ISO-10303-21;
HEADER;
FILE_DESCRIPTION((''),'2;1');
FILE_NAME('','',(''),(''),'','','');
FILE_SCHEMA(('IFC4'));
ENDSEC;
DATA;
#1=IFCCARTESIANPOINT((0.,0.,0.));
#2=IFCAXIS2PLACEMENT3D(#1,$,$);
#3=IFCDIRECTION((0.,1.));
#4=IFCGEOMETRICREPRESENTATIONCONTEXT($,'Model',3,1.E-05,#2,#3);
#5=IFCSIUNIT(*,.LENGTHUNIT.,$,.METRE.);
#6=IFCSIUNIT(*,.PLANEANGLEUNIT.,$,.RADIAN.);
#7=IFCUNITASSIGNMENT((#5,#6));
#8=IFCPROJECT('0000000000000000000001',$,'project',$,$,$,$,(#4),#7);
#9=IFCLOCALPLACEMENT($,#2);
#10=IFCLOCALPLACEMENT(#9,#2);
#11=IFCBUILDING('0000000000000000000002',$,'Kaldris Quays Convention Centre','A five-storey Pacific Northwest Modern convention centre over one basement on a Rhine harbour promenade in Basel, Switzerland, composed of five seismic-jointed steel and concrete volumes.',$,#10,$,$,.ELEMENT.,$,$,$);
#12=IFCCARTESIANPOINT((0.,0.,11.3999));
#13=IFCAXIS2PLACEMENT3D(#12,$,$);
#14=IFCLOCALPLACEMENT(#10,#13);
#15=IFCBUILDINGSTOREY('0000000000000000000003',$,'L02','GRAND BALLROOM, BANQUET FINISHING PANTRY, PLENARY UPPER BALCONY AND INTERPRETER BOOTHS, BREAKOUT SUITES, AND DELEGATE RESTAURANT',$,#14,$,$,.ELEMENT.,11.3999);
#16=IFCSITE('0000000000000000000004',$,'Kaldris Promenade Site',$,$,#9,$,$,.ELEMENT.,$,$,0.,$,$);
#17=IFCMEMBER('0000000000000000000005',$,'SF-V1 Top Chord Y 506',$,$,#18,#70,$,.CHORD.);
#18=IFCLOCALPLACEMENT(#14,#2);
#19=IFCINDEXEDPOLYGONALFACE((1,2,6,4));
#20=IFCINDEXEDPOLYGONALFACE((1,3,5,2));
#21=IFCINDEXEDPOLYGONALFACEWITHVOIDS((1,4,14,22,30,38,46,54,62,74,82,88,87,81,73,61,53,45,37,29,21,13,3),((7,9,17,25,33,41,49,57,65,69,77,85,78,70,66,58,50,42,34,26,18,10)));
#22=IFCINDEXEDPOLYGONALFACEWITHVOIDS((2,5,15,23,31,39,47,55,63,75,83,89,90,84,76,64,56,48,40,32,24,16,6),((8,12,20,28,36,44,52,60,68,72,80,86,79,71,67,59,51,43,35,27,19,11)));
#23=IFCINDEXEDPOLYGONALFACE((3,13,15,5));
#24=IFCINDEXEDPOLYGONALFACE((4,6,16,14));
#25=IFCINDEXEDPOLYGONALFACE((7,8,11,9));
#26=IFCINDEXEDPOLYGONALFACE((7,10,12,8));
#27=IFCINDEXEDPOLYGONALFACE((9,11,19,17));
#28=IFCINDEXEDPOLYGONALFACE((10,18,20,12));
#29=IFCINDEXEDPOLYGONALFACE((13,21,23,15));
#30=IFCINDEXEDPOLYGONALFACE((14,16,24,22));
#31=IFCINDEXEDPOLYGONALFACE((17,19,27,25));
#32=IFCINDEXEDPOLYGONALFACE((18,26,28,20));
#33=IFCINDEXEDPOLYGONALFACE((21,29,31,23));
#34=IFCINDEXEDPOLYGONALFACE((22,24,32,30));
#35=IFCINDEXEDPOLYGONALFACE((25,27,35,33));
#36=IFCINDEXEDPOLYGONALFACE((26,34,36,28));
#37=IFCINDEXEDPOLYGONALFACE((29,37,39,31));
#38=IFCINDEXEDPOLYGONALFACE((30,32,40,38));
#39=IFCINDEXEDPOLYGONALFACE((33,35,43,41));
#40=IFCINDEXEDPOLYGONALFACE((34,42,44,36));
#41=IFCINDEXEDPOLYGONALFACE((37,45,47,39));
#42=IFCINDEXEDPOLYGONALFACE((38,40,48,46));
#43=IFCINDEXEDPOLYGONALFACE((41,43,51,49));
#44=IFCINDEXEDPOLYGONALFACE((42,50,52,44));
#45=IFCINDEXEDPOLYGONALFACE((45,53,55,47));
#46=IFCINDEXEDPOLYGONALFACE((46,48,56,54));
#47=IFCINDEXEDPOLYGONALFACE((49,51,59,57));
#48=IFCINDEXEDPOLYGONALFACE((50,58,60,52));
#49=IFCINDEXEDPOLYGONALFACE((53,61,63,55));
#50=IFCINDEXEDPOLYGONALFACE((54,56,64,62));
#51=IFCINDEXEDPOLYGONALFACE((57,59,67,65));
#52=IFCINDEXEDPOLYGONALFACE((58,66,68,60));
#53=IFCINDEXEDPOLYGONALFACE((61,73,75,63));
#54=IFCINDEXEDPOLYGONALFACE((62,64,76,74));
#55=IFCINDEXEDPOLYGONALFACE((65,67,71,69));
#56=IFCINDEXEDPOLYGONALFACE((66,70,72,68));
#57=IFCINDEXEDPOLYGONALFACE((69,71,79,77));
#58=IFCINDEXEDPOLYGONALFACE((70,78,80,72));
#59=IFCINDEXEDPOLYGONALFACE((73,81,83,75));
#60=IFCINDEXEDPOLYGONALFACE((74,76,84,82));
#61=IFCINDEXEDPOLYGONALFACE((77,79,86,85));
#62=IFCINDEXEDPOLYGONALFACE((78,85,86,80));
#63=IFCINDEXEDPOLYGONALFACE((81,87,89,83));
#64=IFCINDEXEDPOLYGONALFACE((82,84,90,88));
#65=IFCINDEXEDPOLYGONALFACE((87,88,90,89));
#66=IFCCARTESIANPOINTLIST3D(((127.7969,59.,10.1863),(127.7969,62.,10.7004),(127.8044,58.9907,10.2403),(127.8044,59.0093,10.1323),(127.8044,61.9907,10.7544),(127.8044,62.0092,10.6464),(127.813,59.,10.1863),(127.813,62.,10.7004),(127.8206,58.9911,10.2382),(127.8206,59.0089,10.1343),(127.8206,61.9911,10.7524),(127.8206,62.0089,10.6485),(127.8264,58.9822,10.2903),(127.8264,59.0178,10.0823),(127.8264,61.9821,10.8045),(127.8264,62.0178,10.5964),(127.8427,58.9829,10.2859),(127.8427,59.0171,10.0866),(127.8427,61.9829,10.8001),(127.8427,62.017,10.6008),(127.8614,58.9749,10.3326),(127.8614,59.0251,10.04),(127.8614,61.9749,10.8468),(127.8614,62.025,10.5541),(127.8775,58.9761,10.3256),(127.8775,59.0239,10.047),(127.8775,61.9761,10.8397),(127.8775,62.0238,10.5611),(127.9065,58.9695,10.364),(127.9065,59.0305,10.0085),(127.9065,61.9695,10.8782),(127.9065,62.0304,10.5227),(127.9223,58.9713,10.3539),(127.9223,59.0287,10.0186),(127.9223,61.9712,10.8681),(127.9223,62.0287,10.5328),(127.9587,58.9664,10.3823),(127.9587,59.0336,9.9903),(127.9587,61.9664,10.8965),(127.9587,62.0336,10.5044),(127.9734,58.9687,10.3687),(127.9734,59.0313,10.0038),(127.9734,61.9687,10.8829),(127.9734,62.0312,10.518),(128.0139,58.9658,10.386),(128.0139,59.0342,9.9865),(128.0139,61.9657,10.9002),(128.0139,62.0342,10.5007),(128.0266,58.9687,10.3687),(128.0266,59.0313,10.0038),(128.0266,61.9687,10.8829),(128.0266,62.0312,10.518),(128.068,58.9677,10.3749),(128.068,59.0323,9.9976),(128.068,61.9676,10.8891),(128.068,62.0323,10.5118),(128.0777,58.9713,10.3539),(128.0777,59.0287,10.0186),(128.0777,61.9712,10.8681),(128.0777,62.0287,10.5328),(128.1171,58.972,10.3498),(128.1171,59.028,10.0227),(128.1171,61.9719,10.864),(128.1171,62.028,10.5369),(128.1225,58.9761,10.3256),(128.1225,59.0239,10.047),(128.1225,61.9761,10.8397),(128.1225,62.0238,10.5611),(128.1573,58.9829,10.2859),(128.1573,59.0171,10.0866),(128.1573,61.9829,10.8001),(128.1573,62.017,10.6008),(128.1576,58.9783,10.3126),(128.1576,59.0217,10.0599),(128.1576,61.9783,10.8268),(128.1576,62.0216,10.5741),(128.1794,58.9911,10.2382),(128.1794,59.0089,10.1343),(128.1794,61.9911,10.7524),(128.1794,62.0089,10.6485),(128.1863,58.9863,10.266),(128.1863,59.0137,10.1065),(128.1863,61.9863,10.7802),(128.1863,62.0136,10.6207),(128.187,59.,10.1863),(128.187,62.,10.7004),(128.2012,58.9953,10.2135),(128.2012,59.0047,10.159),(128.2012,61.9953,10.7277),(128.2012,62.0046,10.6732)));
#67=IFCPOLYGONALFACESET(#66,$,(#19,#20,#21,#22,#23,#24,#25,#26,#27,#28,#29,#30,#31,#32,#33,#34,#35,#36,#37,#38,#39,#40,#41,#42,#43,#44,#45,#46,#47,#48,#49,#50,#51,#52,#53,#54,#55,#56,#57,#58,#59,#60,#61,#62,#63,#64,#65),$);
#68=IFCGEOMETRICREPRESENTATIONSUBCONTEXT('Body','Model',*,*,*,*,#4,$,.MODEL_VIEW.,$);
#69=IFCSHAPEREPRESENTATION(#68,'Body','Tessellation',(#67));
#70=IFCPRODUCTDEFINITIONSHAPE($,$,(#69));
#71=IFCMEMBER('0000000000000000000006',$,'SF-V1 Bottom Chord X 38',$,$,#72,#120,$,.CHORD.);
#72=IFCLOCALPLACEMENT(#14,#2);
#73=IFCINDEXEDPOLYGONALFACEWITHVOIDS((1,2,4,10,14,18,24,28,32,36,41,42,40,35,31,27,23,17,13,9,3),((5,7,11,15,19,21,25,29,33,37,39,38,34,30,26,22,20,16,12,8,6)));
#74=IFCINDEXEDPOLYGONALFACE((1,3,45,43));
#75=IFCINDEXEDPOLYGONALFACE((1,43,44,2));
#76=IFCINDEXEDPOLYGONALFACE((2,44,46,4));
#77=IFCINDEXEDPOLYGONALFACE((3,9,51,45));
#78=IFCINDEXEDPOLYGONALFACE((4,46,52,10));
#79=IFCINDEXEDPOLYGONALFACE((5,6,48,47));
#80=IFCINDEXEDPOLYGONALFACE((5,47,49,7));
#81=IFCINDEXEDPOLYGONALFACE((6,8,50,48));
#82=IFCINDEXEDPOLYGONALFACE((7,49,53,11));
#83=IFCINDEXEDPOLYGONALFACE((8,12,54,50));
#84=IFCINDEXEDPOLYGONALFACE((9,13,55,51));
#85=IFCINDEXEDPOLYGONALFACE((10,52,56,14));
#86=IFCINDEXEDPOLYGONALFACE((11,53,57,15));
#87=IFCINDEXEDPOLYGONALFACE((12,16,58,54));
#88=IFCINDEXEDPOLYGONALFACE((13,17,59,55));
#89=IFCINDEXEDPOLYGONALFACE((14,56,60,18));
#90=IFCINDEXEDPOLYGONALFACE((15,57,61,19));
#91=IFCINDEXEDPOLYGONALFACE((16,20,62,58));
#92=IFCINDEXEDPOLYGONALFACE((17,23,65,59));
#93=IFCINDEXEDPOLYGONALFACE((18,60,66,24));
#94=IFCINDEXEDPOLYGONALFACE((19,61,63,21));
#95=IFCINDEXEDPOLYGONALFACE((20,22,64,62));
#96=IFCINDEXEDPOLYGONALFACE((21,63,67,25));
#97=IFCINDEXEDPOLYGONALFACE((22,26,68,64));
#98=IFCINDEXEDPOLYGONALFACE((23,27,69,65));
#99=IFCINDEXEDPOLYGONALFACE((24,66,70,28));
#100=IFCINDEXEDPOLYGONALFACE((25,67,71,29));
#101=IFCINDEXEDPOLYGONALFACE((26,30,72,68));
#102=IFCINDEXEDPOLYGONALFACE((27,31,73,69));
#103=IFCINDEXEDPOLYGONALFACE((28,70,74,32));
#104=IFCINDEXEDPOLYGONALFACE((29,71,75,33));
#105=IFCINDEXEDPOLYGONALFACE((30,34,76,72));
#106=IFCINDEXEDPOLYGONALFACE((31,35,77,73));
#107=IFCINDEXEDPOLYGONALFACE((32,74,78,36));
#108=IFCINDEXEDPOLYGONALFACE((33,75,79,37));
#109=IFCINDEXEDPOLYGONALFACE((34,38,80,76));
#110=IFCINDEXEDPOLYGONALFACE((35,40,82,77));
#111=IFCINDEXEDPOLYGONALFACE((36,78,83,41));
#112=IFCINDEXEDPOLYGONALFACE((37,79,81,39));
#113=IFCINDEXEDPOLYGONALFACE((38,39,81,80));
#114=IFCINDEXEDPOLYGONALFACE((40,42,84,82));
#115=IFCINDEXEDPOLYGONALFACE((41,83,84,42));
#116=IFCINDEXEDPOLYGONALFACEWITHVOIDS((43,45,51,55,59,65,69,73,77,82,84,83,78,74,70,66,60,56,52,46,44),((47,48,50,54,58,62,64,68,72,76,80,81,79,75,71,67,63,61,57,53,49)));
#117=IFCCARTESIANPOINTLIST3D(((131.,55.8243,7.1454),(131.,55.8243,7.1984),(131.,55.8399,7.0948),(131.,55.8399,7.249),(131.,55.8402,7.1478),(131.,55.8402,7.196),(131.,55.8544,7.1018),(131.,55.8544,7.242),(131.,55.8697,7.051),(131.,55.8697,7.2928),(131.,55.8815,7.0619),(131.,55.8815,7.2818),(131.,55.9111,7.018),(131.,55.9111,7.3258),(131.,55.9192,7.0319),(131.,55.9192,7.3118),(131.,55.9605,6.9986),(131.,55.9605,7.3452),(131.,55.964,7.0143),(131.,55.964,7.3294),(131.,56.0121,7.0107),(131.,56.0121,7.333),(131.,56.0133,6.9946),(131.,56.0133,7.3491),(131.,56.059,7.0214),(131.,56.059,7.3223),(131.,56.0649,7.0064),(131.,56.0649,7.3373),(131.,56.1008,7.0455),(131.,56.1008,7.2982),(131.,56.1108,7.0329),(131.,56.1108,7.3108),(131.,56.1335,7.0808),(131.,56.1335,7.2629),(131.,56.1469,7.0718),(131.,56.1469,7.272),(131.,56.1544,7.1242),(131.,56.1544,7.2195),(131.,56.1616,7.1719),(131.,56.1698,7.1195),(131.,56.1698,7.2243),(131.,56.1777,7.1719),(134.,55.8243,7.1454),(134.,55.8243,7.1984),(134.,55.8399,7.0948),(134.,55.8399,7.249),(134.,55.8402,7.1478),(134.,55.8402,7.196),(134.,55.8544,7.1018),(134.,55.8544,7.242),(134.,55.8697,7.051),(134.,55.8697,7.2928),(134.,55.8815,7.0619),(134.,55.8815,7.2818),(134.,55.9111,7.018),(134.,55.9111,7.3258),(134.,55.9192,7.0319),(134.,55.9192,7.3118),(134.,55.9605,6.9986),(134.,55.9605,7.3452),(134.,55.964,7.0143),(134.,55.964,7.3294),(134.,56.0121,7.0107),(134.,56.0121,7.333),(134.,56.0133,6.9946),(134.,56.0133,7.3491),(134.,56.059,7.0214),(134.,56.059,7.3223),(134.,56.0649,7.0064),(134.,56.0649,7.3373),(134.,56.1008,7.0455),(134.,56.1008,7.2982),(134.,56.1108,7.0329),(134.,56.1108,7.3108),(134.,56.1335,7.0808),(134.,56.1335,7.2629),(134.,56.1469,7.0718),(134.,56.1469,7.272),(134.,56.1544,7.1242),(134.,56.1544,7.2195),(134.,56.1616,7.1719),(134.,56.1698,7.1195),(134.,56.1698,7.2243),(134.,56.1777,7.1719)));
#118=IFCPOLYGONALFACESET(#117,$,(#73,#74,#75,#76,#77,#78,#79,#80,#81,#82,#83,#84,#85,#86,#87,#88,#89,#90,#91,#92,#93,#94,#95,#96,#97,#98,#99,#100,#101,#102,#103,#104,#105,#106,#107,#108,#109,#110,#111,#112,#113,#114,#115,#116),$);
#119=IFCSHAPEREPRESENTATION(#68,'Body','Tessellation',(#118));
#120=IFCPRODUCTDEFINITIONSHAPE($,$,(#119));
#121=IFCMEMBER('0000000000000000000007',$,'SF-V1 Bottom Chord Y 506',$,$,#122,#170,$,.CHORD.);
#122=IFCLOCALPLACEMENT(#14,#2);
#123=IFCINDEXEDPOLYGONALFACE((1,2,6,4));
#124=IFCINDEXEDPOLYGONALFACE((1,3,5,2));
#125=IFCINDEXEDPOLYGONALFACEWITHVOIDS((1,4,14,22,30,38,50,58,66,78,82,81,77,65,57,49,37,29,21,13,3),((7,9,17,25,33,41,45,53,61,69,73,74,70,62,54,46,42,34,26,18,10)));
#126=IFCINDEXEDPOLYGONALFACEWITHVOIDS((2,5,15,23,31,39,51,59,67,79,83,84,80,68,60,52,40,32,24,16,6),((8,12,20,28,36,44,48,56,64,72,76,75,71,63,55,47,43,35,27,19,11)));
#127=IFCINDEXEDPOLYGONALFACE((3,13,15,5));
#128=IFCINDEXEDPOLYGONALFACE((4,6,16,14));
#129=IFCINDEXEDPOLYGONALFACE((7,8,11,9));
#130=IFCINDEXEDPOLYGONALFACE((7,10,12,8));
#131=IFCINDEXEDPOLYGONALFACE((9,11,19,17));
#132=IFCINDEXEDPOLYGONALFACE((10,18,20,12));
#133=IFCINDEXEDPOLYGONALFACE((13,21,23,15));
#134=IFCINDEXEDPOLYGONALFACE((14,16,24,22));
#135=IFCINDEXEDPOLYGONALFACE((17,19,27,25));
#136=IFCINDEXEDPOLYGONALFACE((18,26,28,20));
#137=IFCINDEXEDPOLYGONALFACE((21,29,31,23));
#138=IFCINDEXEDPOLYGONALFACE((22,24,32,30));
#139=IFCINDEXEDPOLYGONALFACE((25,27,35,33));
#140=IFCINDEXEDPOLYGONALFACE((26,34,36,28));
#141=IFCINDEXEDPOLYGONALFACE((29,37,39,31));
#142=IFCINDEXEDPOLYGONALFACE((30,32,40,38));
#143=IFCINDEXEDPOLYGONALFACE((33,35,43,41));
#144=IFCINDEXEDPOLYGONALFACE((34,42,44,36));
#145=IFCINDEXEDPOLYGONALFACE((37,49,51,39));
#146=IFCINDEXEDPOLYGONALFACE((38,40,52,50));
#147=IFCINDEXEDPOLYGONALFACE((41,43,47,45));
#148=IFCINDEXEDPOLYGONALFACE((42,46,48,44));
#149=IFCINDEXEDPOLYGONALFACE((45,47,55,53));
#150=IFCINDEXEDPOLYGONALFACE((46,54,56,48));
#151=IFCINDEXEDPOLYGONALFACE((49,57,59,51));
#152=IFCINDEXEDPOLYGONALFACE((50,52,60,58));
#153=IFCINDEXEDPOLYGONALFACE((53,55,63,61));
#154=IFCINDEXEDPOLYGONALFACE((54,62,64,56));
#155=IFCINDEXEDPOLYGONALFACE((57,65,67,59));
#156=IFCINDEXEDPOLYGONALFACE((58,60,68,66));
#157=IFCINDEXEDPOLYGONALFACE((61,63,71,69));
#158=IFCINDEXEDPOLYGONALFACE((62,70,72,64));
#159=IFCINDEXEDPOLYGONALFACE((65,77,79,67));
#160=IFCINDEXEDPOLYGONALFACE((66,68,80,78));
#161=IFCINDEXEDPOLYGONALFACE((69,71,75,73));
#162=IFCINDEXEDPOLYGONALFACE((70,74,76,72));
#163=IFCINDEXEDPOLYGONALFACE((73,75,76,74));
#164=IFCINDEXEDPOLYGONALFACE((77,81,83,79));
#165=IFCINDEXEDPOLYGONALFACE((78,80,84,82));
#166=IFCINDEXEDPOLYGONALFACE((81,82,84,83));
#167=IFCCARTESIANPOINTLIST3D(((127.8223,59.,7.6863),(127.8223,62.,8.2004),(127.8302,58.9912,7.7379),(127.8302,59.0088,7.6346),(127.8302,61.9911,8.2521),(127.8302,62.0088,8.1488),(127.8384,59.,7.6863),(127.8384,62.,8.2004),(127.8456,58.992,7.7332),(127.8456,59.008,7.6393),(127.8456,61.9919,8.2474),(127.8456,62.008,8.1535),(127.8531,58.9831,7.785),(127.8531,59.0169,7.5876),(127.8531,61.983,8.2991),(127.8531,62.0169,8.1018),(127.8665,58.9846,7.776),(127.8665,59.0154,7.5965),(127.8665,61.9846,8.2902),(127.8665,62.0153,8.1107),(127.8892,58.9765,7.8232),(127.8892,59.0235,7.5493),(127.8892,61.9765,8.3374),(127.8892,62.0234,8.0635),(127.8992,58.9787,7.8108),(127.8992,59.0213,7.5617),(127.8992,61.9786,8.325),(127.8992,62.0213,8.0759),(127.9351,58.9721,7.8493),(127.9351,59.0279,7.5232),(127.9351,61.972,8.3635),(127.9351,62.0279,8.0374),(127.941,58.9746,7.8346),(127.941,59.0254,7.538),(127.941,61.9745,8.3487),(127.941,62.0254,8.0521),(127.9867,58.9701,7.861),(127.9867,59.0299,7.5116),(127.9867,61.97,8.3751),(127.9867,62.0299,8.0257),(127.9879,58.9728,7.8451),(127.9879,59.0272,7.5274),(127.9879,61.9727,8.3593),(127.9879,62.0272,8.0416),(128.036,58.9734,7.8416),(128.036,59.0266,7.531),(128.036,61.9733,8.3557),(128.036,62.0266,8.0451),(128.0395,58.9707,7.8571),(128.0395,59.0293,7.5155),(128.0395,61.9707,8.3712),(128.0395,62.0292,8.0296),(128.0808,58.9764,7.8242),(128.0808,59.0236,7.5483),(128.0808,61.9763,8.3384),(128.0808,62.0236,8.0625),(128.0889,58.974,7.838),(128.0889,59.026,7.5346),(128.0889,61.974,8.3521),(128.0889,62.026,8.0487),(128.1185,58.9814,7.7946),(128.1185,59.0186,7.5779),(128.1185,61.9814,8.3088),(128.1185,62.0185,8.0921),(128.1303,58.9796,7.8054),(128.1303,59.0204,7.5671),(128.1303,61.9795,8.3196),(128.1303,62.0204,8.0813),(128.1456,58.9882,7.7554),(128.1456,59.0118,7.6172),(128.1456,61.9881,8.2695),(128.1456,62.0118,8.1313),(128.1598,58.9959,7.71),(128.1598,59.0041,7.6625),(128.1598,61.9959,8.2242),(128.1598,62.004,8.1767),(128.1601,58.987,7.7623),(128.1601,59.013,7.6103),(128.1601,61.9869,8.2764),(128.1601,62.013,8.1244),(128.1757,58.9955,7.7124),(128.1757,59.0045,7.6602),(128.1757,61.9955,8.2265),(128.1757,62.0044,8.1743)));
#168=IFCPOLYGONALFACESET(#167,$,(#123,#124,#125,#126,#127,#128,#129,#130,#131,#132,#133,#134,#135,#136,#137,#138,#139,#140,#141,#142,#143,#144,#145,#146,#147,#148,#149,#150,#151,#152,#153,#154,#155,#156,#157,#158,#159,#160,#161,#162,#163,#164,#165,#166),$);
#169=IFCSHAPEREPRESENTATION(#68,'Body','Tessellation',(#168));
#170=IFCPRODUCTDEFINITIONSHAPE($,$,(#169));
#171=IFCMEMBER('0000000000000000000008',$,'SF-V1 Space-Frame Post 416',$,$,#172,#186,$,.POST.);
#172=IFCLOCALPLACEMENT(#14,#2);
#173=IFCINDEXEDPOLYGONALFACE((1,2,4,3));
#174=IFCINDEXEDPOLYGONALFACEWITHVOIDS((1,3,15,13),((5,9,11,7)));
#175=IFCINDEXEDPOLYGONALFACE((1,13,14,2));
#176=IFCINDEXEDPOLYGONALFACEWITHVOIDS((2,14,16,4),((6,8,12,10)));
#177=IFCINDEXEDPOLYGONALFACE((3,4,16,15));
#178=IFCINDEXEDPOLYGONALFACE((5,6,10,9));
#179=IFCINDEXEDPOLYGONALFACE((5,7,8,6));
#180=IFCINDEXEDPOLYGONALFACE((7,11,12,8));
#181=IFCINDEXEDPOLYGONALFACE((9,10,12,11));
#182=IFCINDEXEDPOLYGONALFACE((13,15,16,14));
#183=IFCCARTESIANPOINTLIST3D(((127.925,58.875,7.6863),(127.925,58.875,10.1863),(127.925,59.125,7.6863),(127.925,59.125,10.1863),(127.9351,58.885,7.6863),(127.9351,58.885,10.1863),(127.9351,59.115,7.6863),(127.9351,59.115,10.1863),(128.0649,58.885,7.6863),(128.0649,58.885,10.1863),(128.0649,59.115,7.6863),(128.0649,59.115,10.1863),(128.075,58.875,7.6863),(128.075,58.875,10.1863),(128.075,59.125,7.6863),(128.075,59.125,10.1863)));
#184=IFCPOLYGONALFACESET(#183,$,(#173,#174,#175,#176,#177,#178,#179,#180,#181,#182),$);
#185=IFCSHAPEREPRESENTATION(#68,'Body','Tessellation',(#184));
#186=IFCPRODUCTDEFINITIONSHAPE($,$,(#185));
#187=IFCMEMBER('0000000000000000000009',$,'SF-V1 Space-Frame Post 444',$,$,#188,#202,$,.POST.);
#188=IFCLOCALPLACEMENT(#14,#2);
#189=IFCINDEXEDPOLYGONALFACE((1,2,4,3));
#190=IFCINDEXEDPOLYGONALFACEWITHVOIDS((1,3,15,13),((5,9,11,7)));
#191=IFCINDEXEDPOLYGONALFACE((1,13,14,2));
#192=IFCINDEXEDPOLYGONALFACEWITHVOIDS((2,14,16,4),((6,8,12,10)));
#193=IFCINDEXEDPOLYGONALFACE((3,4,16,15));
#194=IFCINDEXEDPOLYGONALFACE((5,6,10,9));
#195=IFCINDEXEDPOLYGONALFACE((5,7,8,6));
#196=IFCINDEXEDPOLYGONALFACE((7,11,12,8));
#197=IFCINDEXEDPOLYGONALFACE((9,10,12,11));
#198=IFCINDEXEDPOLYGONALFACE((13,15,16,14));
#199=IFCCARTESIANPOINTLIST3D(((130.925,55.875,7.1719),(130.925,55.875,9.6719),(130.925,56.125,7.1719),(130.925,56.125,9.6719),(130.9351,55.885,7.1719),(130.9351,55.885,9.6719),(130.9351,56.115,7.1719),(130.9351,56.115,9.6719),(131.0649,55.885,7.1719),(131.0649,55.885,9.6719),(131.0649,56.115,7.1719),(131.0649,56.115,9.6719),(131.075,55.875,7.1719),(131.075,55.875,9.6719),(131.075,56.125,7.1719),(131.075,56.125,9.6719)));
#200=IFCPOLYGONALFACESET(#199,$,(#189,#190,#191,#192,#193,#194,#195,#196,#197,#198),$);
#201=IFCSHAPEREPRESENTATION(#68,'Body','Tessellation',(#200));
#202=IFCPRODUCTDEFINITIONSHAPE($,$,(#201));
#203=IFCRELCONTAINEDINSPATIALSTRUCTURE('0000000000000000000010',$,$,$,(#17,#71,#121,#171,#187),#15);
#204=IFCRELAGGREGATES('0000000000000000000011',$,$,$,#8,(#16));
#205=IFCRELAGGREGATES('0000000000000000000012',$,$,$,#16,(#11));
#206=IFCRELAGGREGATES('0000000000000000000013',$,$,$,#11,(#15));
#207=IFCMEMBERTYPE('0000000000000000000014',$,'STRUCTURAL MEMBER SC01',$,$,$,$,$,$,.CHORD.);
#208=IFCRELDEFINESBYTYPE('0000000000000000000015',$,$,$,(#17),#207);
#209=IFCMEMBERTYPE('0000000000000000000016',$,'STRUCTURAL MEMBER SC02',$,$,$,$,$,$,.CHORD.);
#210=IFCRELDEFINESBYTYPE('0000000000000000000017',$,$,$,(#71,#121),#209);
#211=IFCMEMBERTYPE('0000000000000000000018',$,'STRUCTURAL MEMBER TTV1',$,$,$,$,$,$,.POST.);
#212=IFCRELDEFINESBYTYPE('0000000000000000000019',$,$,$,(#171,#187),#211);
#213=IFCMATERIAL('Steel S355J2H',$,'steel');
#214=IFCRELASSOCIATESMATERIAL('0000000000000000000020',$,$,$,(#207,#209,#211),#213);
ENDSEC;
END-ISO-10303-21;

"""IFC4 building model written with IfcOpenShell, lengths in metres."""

from ifc_helpers import new_model, si_unit, direction, frame, origin, origin_2d, place, context, subcontext, project, spatial, hollow_rectangle, hollow_circle, extrude, material, material_profile, profile_set, type_object, element, save


model = new_model("IFC4")

# Units and contexts
model_context = context("Model", 3, precision=1e-05, world=origin(), true_north=direction((0.0, 1.0)))
body_context = subcontext(model_context, "Body", "Model", "MODEL_VIEW")
ifc_project = project(units=[si_unit("LENGTHUNIT", "METRE"), si_unit("PLANEANGLEUNIT", "RADIAN")], contexts=[model_context])

# Site, building, storey
site_placement = place(None, origin())
site = spatial("IfcSite", under=ifc_project, at=site_placement, Name="Kaldris Promenade Site", CompositionType="ELEMENT", RefElevation=0.0)
building_placement = place(site_placement, origin())
building = spatial("IfcBuilding", under=site, at=building_placement, Name="Kaldris Quays Convention Centre", Description="A five-storey Pacific Northwest Modern convention centre over one basement on a Rhine harbour promenade in Basel, Switzerland, composed of five seismic-jointed steel and concrete volumes.", CompositionType="ELEMENT")
storey_placement = place(building_placement, frame((0.0, 0.0, 11.3999)))
storey = spatial("IfcBuildingStorey", under=building, at=storey_placement, Name="L02", Description="GRAND BALLROOM, BANQUET FINISHING PANTRY, PLENARY UPPER BALCONY AND INTERPRETER BOOTHS, BREAKOUT SUITES, AND DELEGATE RESTAURANT", CompositionType="ELEMENT", Elevation=11.3999)

# Members
ifc_material_1 = material(Name="Steel S355J2H", Category="steel")
ifc_material_profile_1 = material_profile(ifc_material_1, hollow_circle(Radius=0.2031, WallThickness=0.0161, at=origin_2d()), Name="CHS 406.4x16")
ifc_profile_set_1 = profile_set([ifc_material_profile_1], Name="Steel S355J2H")
member_type_1 = type_object("IfcMemberType", Name="STRUCTURAL MEMBER SC01", PredefinedType="CHORD", material=ifc_profile_set_1)
member_1_placement = place(storey_placement, frame((128.0, 59.0, 10.1863), z_axis=(0.0, 0.985629, 0.168924), x_axis=(-1.0, 0.0, 0.0)))
element("IfcMember", 1, at=member_1_placement, inside=storey, type_object=member_type_1, Name="SF-V1 Top Chord Y 506", PredefinedType="CHORD", context=body_context, shape_type="SweptSolid", body=[
    extrude(hollow_circle(Radius=0.2031, WallThickness=0.0161, at=origin_2d()), origin(), (0.0, 0.0, 1.0), 3.0437),
])
ifc_material_profile_2 = material_profile(ifc_material_1, hollow_circle(Radius=0.1777, WallThickness=0.0161, at=origin_2d()), Name="CHS 355.6x16")
ifc_profile_set_2 = profile_set([ifc_material_profile_2], Name="Steel S355J2H")
member_type_2 = type_object("IfcMemberType", Name="STRUCTURAL MEMBER SC02", PredefinedType="CHORD", material=ifc_profile_set_2)
member_2_placement = place(storey_placement, frame((131.0, 56.0, 7.1719), z_axis=(1.0, 0.0, 0.0), x_axis=(0.0, 1.0, 0.0)))
element("IfcMember", 2, at=member_2_placement, inside=storey, type_object=member_type_2, Name="SF-V1 Bottom Chord X 38", PredefinedType="CHORD", context=body_context, shape_type="SweptSolid", body=[
    extrude(hollow_circle(Radius=0.1777, WallThickness=0.0161, at=origin_2d()), origin(), (0.0, 0.0, 1.0), 3.0),
])
member_3_placement = place(storey_placement, frame((128.0, 59.0, 7.6863), z_axis=(0.0, 0.985629, 0.168924), x_axis=(-1.0, 0.0, 0.0)))
element("IfcMember", 3, at=member_3_placement, inside=storey, type_object=member_type_2, Name="SF-V1 Bottom Chord Y 506", PredefinedType="CHORD", context=body_context, shape_type="SweptSolid", body=[
    extrude(hollow_circle(Radius=0.1777, WallThickness=0.0161, at=origin_2d()), origin(), (0.0, 0.0, 1.0), 3.0437),
])
ifc_material_profile_3 = material_profile(ifc_material_1, hollow_rectangle(XDim=0.1499, YDim=0.25, WallThickness=0.01, at=origin_2d()), Name="RHS 250x150x10")
ifc_profile_set_3 = profile_set([ifc_material_profile_3], Name="Steel S355J2H")
member_type_3 = type_object("IfcMemberType", Name="STRUCTURAL MEMBER TTV1", PredefinedType="POST", material=ifc_profile_set_3)
for number, where, z_axis, x_axis, name in (
    (4, (128.0, 59.0, 7.6863), (0.0, 0.0, 1.0), (1.0, 0.0, 0.0), "SF-V1 Space-Frame Post 416"),
    (5, (131.0, 56.0, 7.1719), (0.0, 0.0, 1.0), (1.0, 0.0, 0.0), "SF-V1 Space-Frame Post 444"),
):
    element("IfcMember", number, at=place(storey_placement, frame(where, z_axis=z_axis, x_axis=x_axis)), inside=storey, type_object=member_type_3, Name=name, PredefinedType="POST", context=body_context, shape_type="SweptSolid", body=[
        extrude(hollow_rectangle(XDim=0.1499, YDim=0.25, WallThickness=0.01, at=origin_2d()), origin(), (0.0, 0.0, 1.0), 2.5),
    ])

save(model, "model.ifc")
